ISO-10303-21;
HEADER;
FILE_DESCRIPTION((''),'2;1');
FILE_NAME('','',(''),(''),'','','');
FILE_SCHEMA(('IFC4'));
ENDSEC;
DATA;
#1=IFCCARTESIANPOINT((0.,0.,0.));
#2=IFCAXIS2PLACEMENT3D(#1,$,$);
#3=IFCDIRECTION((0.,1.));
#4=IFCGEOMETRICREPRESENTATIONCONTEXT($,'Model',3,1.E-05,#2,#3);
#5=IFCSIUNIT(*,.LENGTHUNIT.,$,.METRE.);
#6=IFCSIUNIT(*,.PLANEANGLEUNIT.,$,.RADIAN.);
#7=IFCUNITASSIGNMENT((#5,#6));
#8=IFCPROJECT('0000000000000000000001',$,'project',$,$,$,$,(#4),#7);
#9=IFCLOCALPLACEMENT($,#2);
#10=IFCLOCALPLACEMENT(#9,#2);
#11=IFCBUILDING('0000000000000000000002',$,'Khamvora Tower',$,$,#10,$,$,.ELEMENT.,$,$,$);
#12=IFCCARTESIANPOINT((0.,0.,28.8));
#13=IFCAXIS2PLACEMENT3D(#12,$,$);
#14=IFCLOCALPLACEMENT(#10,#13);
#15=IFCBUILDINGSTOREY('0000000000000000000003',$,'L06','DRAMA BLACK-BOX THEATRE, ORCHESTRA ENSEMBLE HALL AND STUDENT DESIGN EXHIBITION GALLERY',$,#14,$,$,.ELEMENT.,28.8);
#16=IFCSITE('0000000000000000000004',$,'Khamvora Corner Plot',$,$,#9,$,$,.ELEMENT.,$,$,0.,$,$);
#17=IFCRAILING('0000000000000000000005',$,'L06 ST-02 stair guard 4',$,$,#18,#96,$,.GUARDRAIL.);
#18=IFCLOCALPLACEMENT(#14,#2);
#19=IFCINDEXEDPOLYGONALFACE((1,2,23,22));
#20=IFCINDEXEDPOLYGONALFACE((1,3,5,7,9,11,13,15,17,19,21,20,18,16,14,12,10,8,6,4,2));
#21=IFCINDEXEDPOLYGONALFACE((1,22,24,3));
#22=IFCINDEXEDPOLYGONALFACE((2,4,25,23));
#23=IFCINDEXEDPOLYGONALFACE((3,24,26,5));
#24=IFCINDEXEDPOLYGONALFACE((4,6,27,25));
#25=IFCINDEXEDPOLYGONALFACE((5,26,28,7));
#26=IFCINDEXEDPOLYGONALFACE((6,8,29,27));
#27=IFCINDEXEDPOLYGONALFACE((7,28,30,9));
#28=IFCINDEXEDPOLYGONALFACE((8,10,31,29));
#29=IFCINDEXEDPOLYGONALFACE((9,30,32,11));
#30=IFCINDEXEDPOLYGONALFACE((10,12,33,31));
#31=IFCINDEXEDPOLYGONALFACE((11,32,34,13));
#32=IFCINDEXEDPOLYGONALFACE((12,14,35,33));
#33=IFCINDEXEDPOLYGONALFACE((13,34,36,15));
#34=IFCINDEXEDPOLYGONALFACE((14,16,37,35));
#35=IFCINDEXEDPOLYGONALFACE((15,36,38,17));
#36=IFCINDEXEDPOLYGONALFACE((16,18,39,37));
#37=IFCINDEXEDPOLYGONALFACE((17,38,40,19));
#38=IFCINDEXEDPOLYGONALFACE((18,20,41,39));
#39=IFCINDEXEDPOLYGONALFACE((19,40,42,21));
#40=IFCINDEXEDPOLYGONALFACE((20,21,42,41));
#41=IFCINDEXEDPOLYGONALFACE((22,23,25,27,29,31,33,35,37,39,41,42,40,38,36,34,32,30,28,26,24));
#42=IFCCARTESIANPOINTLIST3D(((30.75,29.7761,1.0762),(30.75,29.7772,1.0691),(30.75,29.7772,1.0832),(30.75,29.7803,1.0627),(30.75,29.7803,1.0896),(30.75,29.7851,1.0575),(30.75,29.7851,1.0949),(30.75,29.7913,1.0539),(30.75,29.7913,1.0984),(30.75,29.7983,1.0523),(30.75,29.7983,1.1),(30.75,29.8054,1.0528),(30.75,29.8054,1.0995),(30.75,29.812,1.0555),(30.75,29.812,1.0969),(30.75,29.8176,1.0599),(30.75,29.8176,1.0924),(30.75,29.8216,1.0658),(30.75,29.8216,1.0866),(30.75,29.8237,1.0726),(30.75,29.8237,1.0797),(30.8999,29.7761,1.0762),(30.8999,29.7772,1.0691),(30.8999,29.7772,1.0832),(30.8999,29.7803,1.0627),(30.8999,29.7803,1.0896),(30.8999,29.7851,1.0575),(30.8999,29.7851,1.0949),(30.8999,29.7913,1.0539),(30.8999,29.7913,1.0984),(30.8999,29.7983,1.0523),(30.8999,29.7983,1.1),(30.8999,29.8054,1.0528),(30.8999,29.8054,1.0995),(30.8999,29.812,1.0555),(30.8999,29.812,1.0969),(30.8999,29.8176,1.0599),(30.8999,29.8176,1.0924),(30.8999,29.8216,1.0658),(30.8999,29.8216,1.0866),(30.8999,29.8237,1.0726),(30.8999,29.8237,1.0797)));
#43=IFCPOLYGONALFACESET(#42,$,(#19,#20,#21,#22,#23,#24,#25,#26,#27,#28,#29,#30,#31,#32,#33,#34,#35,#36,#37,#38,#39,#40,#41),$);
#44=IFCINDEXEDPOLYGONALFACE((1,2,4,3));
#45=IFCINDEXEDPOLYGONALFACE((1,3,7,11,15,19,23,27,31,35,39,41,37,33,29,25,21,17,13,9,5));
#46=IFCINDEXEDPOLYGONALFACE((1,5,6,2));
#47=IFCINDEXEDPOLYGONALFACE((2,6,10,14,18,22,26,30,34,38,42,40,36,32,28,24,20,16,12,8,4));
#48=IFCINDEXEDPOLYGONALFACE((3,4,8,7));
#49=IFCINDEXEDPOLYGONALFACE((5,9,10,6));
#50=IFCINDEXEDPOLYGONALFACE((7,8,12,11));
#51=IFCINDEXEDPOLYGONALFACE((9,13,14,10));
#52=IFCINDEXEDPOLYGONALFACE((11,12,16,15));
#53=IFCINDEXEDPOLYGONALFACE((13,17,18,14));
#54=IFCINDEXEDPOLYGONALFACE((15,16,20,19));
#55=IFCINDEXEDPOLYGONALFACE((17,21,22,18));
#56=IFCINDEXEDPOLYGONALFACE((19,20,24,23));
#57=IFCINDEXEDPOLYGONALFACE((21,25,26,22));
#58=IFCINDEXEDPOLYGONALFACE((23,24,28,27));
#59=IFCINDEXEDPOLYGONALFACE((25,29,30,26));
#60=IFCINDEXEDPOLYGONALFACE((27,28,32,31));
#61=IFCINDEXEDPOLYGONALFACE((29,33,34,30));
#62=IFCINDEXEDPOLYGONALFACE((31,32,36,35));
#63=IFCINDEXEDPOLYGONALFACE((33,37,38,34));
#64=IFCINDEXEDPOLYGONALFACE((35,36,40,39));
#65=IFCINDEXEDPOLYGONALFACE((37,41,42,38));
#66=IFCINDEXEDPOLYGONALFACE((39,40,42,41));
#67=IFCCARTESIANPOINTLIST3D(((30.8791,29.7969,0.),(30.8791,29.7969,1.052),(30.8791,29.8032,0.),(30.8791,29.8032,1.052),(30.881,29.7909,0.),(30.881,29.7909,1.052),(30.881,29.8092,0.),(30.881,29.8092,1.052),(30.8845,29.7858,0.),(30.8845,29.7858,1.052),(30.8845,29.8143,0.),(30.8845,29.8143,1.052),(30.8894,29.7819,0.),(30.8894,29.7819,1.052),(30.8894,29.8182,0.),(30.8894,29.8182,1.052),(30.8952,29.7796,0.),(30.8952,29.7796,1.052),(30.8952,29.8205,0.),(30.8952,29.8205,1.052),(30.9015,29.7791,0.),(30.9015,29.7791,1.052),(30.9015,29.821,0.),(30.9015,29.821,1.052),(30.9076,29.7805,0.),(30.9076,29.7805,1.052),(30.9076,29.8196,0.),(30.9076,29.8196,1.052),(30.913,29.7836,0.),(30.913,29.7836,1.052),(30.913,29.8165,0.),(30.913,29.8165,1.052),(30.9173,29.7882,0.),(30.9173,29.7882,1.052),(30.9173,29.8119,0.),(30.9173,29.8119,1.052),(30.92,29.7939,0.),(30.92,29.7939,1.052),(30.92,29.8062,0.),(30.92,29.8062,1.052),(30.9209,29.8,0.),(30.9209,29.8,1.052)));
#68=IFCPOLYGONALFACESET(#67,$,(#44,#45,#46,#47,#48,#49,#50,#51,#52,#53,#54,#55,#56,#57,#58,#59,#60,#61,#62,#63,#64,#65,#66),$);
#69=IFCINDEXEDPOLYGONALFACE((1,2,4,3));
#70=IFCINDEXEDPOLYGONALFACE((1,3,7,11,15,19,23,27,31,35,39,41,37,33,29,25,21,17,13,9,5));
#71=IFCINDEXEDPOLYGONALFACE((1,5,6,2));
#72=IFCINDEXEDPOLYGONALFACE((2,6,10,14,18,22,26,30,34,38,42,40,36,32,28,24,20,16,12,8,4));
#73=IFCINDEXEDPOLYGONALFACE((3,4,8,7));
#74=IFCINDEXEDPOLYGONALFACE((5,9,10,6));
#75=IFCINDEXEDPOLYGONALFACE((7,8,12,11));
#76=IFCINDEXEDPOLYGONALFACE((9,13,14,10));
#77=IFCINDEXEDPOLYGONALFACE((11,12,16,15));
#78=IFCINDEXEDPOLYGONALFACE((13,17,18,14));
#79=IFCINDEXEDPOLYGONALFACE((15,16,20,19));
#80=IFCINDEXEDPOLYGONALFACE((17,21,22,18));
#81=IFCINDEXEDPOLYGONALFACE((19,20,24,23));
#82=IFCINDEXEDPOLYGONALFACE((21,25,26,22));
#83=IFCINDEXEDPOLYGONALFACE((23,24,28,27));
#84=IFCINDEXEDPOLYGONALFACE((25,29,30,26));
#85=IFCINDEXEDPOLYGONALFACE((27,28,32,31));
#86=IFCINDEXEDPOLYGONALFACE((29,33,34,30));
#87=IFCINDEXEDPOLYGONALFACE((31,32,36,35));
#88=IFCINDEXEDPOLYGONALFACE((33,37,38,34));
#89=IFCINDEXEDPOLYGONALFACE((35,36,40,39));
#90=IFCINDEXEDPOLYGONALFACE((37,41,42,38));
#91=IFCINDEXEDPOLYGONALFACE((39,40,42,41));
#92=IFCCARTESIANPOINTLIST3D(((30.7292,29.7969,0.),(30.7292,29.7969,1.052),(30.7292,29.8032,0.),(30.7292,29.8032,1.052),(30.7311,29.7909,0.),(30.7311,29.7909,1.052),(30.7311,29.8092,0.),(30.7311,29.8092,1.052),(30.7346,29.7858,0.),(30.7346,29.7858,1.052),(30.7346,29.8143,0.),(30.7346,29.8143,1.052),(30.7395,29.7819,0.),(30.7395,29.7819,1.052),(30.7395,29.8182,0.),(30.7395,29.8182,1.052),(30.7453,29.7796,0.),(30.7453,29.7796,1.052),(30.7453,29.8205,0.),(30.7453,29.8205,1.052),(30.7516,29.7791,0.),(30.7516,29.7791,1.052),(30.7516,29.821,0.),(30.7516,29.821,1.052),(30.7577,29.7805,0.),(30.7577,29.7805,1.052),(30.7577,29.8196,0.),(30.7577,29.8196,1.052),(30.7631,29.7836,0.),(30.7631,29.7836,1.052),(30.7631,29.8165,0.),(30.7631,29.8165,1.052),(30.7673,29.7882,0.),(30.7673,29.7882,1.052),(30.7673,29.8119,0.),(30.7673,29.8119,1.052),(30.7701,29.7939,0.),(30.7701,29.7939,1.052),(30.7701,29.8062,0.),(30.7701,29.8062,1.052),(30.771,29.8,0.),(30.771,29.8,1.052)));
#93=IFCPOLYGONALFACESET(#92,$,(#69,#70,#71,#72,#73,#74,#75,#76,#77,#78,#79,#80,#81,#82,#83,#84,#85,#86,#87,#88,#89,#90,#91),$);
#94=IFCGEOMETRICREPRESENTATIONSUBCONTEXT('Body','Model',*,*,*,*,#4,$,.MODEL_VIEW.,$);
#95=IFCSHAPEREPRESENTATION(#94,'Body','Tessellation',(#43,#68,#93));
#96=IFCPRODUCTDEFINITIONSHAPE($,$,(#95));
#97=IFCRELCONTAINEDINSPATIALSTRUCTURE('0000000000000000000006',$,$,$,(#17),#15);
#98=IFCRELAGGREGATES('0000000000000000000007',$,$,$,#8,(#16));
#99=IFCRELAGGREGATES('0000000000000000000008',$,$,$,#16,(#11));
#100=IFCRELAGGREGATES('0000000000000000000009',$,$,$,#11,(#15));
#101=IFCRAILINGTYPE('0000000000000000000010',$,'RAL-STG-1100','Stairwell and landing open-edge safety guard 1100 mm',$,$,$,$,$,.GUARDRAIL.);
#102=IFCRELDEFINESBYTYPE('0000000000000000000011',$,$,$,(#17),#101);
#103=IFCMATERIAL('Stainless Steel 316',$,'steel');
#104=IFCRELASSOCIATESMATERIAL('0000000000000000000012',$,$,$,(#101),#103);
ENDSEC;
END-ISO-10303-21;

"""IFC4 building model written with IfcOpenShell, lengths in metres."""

from ifc_helpers import new_model, si_unit, direction, frame, origin, origin_2d, place, context, subcontext, project, spatial, circle, extrude, material, type_object, element, save


model = new_model("IFC4")

# Units and contexts
model_context = context("Model", 3, precision=1e-05, world=origin(), true_north=direction((0.0, 1.0)))
body_context = subcontext(model_context, "Body", "Model", "MODEL_VIEW")
ifc_project = project(units=[si_unit("LENGTHUNIT", "METRE"), si_unit("PLANEANGLEUNIT", "RADIAN")], contexts=[model_context])

# Site, building, storey
site_placement = place(None, origin())
site = spatial("IfcSite", under=ifc_project, at=site_placement, Name="Khamvora Corner Plot", CompositionType="ELEMENT", RefElevation=0.0)
building_placement = place(site_placement, origin())
building = spatial("IfcBuilding", under=site, at=building_placement, Name="Khamvora Tower", CompositionType="ELEMENT")
storey_placement = place(building_placement, frame((0.0, 0.0, 28.8)))
storey = spatial("IfcBuildingStorey", under=building, at=storey_placement, Name="L06", Description="DRAMA BLACK-BOX THEATRE, ORCHESTRA ENSEMBLE HALL AND STUDENT DESIGN EXHIBITION GALLERY", CompositionType="ELEMENT", Elevation=28.8)

# Railing
ifc_material_1 = material(Name="Stainless Steel 316", Category="steel")
railing_type_1 = type_object("IfcRailingType", Name="RAL-STG-1100", Description="Stairwell and landing open-edge safety guard 1100 mm", PredefinedType="GUARDRAIL", material=ifc_material_1)
railing_1_placement = place(storey_placement, frame((30.8999, 29.8, 0.0)))
element("IfcRailing", 1, at=railing_1_placement, inside=storey, type_object=railing_type_1, Name="L06 ST-02 stair guard 4", PredefinedType="GUARDRAIL", context=body_context, shape_type="SweptSolid", body=[
    extrude(circle(Radius=0.0239, at=origin_2d()), frame((0.0, 0.0, 1.0762), z_axis=(-1.0, 0.0, 0.0), x_axis=(0.0, -1.0, 0.0)), (0.0, 0.0, 1.0), 0.1499),
    extrude(circle(Radius=0.021, at=origin_2d()), origin(), (0.0, 0.0, 1.0), 1.052),
    extrude(circle(Radius=0.021, at=origin_2d()), frame((-0.1499, 0.0, 0.0)), (0.0, 0.0, 1.0), 1.052),
])

save(model, "model.ifc")
